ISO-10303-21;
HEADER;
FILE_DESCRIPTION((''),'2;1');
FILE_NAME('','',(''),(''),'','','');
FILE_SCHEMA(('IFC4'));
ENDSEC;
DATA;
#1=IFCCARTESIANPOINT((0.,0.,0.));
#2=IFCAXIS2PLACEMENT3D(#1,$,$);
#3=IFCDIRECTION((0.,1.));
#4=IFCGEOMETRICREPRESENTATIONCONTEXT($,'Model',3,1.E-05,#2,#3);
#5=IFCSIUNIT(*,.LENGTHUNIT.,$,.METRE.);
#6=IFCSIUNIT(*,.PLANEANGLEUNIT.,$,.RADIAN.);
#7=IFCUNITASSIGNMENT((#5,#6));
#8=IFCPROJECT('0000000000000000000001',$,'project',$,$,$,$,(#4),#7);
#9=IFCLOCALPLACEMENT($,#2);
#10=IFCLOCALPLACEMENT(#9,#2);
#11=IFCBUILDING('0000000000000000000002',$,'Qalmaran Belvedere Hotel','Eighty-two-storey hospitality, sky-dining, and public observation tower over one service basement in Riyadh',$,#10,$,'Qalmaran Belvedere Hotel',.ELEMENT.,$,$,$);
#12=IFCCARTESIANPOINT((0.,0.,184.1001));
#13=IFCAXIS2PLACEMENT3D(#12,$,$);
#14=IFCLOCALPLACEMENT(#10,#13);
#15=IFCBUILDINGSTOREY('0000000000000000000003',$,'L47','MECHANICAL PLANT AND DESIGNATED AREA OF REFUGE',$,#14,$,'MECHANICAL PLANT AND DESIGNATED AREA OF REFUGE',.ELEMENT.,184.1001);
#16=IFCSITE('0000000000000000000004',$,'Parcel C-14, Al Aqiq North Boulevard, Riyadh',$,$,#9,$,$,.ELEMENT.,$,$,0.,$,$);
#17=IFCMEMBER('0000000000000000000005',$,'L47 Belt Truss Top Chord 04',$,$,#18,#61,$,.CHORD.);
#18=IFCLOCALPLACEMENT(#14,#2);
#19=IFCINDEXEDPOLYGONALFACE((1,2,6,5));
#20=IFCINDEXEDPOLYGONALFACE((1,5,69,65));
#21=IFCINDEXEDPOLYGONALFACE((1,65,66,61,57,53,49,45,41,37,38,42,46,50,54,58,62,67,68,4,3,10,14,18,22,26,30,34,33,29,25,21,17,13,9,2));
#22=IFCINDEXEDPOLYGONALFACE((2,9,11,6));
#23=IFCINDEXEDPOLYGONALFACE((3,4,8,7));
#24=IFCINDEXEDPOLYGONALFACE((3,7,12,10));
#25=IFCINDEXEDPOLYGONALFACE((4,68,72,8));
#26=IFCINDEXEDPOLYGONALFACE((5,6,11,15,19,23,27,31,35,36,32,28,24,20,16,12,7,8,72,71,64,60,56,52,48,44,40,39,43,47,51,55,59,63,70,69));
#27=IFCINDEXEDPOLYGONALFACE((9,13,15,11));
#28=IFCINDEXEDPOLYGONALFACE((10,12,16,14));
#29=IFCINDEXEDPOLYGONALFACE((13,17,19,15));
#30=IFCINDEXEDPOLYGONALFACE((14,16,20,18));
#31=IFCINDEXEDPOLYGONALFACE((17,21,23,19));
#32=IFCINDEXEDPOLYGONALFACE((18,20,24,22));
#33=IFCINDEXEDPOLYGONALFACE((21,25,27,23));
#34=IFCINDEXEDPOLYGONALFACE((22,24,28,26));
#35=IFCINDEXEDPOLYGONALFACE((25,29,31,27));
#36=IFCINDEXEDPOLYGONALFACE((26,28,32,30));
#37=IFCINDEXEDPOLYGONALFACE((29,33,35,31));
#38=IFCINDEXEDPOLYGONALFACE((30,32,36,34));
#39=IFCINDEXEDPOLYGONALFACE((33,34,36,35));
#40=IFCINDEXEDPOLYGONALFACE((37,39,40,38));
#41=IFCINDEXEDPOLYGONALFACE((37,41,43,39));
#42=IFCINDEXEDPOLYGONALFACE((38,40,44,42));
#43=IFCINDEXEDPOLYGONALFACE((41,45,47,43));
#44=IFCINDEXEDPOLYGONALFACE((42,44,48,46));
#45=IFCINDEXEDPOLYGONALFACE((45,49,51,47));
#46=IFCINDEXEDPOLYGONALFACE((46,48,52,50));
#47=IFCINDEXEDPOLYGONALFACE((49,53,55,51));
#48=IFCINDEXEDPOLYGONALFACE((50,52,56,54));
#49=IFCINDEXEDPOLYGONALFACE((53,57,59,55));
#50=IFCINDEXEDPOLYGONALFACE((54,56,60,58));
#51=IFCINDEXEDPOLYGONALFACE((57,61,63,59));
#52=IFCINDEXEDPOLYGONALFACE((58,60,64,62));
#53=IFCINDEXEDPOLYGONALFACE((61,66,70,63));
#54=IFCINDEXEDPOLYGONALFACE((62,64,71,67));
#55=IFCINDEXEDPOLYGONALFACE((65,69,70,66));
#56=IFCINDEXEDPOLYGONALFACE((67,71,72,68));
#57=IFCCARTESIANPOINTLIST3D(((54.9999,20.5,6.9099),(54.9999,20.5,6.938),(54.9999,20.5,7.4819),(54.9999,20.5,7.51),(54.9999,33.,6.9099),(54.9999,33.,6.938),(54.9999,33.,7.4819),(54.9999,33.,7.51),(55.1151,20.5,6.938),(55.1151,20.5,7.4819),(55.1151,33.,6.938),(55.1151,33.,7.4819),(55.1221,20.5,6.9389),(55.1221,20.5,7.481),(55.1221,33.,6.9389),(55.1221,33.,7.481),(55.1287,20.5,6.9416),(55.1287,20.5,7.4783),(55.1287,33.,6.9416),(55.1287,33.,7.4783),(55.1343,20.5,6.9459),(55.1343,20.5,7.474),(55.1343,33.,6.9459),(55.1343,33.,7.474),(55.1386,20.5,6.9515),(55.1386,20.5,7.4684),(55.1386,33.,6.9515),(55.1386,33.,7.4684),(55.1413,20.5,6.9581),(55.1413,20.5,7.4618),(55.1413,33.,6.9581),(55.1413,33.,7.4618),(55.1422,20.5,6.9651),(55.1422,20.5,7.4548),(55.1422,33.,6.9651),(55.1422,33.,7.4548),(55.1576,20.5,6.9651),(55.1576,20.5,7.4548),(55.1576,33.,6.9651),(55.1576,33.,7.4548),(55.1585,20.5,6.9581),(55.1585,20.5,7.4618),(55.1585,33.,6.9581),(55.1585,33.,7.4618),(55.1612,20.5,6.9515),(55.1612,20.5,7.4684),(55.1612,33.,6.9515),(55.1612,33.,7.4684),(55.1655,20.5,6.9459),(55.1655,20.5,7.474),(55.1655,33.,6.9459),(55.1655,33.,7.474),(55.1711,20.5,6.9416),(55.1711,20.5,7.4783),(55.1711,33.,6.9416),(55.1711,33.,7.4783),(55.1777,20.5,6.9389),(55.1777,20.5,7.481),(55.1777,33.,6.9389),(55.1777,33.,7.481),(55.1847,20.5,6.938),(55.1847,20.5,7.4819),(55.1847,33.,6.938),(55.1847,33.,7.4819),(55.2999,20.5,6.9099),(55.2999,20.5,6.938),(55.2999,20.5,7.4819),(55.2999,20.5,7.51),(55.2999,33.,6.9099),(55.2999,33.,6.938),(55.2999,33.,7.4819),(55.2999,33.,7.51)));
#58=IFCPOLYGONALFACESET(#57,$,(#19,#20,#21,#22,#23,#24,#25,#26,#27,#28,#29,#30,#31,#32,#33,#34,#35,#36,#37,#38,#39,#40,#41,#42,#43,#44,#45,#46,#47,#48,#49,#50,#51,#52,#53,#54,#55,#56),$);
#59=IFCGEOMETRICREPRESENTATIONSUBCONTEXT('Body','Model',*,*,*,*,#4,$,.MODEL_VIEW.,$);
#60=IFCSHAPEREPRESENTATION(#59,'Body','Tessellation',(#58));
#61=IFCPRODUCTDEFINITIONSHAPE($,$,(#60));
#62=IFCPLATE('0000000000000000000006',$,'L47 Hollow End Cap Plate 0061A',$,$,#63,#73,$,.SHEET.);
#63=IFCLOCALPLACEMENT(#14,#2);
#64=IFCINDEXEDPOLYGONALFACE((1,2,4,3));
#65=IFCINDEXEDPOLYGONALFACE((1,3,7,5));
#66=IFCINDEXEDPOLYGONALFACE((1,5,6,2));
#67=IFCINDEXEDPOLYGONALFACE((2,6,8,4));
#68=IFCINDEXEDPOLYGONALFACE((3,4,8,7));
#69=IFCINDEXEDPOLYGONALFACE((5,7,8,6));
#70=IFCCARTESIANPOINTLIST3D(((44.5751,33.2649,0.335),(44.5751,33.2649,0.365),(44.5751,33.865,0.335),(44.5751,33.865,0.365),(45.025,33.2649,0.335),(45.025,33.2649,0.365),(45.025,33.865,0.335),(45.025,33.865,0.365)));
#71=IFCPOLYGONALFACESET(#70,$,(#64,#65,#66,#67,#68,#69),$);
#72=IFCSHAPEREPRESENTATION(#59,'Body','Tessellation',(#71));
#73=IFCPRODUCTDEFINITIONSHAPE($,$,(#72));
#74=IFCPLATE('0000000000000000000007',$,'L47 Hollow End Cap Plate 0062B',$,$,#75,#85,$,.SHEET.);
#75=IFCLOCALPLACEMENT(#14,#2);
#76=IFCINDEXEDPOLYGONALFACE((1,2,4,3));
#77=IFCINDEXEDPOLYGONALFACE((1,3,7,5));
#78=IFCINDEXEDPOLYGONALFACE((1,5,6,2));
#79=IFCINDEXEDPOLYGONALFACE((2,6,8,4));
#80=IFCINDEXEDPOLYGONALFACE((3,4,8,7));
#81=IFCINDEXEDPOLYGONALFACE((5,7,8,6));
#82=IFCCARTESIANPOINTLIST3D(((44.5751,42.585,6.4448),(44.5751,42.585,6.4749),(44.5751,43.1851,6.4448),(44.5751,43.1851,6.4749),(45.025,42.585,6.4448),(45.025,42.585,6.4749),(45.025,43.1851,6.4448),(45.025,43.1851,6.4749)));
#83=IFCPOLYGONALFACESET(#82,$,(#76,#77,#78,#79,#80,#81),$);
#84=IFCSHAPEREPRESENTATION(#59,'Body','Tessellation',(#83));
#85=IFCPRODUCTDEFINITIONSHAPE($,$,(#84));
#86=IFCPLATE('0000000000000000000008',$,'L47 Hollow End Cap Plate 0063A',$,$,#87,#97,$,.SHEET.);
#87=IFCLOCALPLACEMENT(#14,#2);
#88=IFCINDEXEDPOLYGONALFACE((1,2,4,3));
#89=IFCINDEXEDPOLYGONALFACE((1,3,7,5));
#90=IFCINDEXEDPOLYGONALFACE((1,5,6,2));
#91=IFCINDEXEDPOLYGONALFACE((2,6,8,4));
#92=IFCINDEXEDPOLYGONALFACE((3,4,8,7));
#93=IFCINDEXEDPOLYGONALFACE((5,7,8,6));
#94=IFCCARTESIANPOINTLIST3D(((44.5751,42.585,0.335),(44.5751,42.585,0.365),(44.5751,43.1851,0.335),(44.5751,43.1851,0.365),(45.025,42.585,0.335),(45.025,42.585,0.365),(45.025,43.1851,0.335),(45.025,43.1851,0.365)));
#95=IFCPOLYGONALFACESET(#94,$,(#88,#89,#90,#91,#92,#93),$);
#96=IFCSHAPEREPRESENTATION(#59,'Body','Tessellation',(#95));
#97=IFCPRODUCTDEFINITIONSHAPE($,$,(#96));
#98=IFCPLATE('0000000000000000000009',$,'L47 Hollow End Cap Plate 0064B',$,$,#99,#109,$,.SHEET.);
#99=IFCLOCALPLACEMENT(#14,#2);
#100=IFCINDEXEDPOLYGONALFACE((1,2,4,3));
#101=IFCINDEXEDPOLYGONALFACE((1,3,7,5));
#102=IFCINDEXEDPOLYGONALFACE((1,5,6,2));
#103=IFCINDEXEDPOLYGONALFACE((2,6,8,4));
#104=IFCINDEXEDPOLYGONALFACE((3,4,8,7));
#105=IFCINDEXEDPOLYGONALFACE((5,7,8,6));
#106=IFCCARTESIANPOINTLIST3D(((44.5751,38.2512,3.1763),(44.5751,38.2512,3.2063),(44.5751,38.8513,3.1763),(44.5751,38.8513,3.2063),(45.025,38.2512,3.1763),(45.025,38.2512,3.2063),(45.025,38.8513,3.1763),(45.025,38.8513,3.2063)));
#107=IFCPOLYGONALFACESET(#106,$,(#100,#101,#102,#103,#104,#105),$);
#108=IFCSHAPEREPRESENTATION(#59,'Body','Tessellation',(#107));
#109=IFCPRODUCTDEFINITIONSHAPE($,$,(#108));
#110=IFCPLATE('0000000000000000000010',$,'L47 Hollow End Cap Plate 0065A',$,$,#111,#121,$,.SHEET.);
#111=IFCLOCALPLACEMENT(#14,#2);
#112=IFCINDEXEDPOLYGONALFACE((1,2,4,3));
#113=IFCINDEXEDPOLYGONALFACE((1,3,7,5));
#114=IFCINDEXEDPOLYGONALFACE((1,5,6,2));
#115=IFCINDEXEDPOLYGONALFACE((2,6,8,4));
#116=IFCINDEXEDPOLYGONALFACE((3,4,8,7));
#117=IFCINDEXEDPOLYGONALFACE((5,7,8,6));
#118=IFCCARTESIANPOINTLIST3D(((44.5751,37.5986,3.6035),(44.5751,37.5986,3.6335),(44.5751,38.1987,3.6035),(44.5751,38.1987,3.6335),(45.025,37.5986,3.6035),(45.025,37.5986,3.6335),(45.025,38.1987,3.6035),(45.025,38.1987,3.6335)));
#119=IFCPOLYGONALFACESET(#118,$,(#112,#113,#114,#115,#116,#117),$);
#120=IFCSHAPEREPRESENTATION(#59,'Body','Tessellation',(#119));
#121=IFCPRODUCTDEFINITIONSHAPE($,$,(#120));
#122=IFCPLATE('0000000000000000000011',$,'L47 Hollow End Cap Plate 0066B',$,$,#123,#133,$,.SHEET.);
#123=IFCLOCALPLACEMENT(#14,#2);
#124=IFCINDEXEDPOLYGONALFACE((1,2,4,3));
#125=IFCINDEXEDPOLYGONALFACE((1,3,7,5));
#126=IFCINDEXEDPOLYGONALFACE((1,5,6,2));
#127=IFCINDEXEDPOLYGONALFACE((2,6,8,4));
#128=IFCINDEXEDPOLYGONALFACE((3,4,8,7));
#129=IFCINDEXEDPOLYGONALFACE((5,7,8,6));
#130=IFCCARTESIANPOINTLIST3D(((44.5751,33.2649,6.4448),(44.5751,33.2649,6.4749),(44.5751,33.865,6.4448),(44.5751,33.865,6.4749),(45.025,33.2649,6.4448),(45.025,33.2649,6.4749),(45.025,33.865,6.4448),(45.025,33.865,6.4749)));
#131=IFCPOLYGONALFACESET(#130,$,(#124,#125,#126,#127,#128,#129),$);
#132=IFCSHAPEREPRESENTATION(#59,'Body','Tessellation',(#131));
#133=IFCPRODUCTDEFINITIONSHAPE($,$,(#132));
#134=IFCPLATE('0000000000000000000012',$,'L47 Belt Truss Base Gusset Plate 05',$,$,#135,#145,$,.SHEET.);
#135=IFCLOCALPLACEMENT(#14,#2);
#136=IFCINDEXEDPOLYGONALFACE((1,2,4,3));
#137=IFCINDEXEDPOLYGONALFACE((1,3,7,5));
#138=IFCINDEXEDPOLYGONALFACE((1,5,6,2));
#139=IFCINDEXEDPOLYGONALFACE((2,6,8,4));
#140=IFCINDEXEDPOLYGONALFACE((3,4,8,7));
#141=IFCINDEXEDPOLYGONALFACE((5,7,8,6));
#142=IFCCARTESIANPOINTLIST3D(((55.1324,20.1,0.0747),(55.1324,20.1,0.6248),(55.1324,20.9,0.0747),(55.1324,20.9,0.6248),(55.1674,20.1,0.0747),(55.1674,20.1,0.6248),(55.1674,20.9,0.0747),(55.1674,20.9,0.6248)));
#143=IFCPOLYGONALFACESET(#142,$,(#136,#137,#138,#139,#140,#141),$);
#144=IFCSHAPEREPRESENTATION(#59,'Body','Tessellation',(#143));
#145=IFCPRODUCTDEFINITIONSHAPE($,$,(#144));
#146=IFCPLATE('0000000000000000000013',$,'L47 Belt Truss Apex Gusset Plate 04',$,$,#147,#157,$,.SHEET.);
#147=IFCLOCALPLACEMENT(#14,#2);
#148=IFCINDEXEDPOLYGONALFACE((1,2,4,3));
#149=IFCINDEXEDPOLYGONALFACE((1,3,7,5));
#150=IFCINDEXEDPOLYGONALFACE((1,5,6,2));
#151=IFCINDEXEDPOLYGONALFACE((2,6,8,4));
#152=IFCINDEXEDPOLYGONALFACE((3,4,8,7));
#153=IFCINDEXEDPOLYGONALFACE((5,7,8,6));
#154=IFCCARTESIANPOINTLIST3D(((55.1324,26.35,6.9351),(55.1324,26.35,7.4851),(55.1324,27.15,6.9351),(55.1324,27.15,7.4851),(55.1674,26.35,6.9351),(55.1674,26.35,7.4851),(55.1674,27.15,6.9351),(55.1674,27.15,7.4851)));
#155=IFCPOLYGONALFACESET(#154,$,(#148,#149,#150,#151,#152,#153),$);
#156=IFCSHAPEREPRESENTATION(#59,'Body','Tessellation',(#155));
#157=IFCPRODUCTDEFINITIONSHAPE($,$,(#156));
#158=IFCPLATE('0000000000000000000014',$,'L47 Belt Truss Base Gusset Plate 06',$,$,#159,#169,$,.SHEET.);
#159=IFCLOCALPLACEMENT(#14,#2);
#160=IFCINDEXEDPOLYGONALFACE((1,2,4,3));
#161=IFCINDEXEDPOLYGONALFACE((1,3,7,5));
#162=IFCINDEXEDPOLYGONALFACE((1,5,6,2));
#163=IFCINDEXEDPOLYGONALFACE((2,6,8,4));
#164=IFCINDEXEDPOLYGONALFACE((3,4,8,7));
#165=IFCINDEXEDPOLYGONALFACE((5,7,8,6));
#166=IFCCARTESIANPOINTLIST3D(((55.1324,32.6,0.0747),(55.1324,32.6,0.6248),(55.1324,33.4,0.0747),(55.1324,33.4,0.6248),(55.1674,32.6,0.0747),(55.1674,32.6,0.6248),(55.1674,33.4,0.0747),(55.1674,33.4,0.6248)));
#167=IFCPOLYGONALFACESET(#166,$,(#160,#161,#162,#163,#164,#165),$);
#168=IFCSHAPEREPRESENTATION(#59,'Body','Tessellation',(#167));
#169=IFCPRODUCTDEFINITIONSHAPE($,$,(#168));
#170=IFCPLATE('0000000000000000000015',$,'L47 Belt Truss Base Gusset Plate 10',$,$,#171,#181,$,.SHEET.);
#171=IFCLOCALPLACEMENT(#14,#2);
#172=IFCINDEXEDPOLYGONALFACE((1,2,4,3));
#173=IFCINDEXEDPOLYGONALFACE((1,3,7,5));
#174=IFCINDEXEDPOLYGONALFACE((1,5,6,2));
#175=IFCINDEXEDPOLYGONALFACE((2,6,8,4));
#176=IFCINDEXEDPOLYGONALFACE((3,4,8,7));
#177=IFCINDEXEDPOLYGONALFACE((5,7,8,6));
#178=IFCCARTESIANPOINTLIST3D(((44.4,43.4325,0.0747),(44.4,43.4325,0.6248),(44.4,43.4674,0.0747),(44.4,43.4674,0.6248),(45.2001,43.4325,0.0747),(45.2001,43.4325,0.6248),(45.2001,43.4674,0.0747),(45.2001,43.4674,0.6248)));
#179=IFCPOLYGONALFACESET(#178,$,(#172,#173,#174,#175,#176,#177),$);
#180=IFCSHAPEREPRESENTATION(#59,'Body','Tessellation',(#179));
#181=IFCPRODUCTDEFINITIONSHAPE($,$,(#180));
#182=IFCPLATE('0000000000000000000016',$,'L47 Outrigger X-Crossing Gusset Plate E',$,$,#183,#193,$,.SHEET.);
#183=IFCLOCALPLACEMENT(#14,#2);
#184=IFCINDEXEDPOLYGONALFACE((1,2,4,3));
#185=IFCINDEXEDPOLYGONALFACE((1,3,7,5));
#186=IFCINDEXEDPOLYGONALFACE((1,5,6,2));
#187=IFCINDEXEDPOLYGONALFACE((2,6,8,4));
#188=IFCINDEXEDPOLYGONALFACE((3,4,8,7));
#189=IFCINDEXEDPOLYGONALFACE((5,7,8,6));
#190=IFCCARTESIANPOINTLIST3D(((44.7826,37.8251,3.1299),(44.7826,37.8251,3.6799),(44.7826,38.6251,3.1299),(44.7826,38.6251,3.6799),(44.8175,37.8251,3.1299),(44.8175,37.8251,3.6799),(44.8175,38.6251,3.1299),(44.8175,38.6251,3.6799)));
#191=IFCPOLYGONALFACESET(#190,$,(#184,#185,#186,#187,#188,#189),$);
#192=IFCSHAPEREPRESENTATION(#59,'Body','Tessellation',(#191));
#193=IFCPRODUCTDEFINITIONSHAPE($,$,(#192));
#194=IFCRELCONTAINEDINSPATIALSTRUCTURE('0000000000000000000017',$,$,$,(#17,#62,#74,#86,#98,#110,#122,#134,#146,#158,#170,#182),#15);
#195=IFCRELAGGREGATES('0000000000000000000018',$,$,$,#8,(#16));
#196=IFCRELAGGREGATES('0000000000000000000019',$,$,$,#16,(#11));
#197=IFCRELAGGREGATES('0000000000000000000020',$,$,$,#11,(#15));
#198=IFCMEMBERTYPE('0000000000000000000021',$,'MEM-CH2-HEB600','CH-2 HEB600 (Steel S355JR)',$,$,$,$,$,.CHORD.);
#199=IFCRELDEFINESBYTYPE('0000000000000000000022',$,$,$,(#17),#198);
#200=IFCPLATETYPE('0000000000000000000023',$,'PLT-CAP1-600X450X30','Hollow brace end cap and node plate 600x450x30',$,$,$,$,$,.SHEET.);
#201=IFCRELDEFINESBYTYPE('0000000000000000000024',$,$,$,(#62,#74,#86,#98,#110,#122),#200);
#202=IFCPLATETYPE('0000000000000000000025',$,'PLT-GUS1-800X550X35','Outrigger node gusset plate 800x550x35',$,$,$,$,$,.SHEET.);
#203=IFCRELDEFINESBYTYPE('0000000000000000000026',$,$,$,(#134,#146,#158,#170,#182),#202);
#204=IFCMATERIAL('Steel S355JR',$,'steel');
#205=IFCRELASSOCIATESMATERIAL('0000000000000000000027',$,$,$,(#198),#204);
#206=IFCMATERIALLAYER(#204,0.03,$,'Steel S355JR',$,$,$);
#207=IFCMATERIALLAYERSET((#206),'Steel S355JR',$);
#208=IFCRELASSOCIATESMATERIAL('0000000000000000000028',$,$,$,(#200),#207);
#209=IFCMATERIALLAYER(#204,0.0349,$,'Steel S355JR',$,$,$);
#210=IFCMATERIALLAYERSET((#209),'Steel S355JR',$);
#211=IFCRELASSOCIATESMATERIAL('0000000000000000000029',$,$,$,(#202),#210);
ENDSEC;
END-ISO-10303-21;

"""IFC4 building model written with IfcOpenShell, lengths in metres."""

from ifc_helpers import new_model, si_unit, direction, frame, origin, origin_2d, place, context, subcontext, project, spatial, rectangle, i_section, extrude, material, layer, layer_set, material_profile, profile_set, type_object, element, save


model = new_model("IFC4")

# Units and contexts
model_context = context("Model", 3, precision=1e-05, world=origin(), true_north=direction((0.0, 1.0)))
body_context = subcontext(model_context, "Body", "Model", "MODEL_VIEW")
ifc_project = project(units=[si_unit("LENGTHUNIT", "METRE"), si_unit("PLANEANGLEUNIT", "RADIAN")], contexts=[model_context])

# Site, building, storey
site_placement = place(None, origin())
site = spatial("IfcSite", under=ifc_project, at=site_placement, Name="Parcel C-14, Al Aqiq North Boulevard, Riyadh", CompositionType="ELEMENT", RefElevation=0.0)
building_placement = place(site_placement, origin())
building = spatial("IfcBuilding", under=site, at=building_placement, Name="Qalmaran Belvedere Hotel", Description="Eighty-two-storey hospitality, sky-dining, and public observation tower over one service basement in Riyadh", LongName="Qalmaran Belvedere Hotel", CompositionType="ELEMENT")
storey_placement = place(building_placement, frame((0.0, 0.0, 184.1001)))
storey = spatial("IfcBuildingStorey", under=building, at=storey_placement, Name="L47", Description="MECHANICAL PLANT AND DESIGNATED AREA OF REFUGE", LongName="MECHANICAL PLANT AND DESIGNATED AREA OF REFUGE", CompositionType="ELEMENT", Elevation=184.1001)

# Shared definitions
ifc_material_1 = material(Name="Steel S355JR", Category="steel")

# Member
ifc_material_profile_1 = material_profile(ifc_material_1, i_section(OverallWidth=0.3, OverallDepth=0.6001, WebThickness=0.0154, FlangeThickness=0.0281, FilletRadius=0.0271, at=origin_2d()), Name="HEB600")
ifc_profile_set_1 = profile_set([ifc_material_profile_1], Name="Steel S355JR")
member_type_1 = type_object("IfcMemberType", Name="MEM-CH2-HEB600", Description="CH-2 HEB600 (Steel S355JR)", PredefinedType="CHORD", material=ifc_profile_set_1)
member_1_placement = place(storey_placement, frame((55.1499, 20.5, 7.21), z_axis=(0.0, 1.0, 0.0), x_axis=(-1.0, 0.0, 0.0)))
element("IfcMember", 1, at=member_1_placement, inside=storey, type_object=member_type_1, Name="L47 Belt Truss Top Chord 04", PredefinedType="CHORD", context=body_context, shape_type="SweptSolid", body=[
    extrude(i_section(OverallWidth=0.3, OverallDepth=0.6001, WebThickness=0.0154, FlangeThickness=0.0281, FilletRadius=0.0271, at=origin_2d()), origin(), (0.0, 0.0, 1.0), 12.5),
])

# Plates
ifc_layer_1 = layer(ifc_material_1, 0.03, Name="Steel S355JR")
ifc_layer_set_1 = layer_set([ifc_layer_1], Name="Steel S355JR")
plate_type_1 = type_object("IfcPlateType", Name="PLT-CAP1-600X450X30", Description="Hollow brace end cap and node plate 600x450x30", PredefinedType="SHEET", material=ifc_layer_set_1)
for number, where, z_axis, x_axis, name in (
    (2, (44.8, 33.5649, 0.335), (0.0, 0.0, 1.0), (0.0, 1.0, 0.0), "L47 Hollow End Cap Plate 0061A"),
    (3, (44.8, 42.885, 6.4448), (0.0, 0.0, 1.0), (0.0, 1.0, 0.0), "L47 Hollow End Cap Plate 0062B"),
    (4, (44.8, 42.885, 0.335), (0.0, 0.0, 1.0), (0.0, -1.0, 0.0), "L47 Hollow End Cap Plate 0063A"),
    (5, (44.8, 38.5513, 3.1763), (0.0, 0.0, 1.0), (0.0, -1.0, 0.0), "L47 Hollow End Cap Plate 0064B"),
    (6, (44.8, 37.8987, 3.6035), (0.0, 0.0, 1.0), (0.0, -1.0, 0.0), "L47 Hollow End Cap Plate 0065A"),
    (7, (44.8, 33.5649, 6.4448), (0.0, 0.0, 1.0), (0.0, -1.0, 0.0), "L47 Hollow End Cap Plate 0066B"),
):
    element("IfcPlate", number, at=place(storey_placement, frame(where, z_axis=z_axis, x_axis=x_axis)), inside=storey, type_object=plate_type_1, Name=name, PredefinedType="SHEET", context=body_context, shape_type="SweptSolid", body=[
        extrude(rectangle(XDim=0.6001, YDim=0.45, at=origin_2d()), origin(), (0.0, 0.0, 1.0), 0.03),
    ])
ifc_layer_2 = layer(ifc_material_1, 0.0349, Name="Steel S355JR")
ifc_layer_set_2 = layer_set([ifc_layer_2], Name="Steel S355JR")
plate_type_2 = type_object("IfcPlateType", Name="PLT-GUS1-800X550X35", Description="Outrigger node gusset plate 800x550x35", PredefinedType="SHEET", material=ifc_layer_set_2)
for number, where, z_axis, x_axis, name in (
    (8, (55.1499, 20.5, 0.0747), (0.0, 0.0, 1.0), (0.0, 1.0, 0.0), "L47 Belt Truss Base Gusset Plate 05"),
    (9, (55.1499, 26.75, 6.9351), (0.0, 0.0, 1.0), (0.0, 1.0, 0.0), "L47 Belt Truss Apex Gusset Plate 04"),
    (10, (55.1499, 33.0, 0.0747), (0.0, 0.0, 1.0), (0.0, 1.0, 0.0), "L47 Belt Truss Base Gusset Plate 06"),
    (11, (44.8, 43.45, 0.0747), (0.0, 0.0, 1.0), (1.0, 0.0, 0.0), "L47 Belt Truss Base Gusset Plate 10"),
    (12, (44.8, 38.2251, 3.1299), (0.0, 0.0, 1.0), (0.0, 1.0, 0.0), "L47 Outrigger X-Crossing Gusset Plate E"),
):
    element("IfcPlate", number, at=place(storey_placement, frame(where, z_axis=z_axis, x_axis=x_axis)), inside=storey, type_object=plate_type_2, Name=name, PredefinedType="SHEET", context=body_context, shape_type="SweptSolid", body=[
        extrude(rectangle(XDim=0.8, YDim=0.0349, at=origin_2d()), origin(), (0.0, 0.0, 1.0), 0.55),
    ])

save(model, "model.ifc")
